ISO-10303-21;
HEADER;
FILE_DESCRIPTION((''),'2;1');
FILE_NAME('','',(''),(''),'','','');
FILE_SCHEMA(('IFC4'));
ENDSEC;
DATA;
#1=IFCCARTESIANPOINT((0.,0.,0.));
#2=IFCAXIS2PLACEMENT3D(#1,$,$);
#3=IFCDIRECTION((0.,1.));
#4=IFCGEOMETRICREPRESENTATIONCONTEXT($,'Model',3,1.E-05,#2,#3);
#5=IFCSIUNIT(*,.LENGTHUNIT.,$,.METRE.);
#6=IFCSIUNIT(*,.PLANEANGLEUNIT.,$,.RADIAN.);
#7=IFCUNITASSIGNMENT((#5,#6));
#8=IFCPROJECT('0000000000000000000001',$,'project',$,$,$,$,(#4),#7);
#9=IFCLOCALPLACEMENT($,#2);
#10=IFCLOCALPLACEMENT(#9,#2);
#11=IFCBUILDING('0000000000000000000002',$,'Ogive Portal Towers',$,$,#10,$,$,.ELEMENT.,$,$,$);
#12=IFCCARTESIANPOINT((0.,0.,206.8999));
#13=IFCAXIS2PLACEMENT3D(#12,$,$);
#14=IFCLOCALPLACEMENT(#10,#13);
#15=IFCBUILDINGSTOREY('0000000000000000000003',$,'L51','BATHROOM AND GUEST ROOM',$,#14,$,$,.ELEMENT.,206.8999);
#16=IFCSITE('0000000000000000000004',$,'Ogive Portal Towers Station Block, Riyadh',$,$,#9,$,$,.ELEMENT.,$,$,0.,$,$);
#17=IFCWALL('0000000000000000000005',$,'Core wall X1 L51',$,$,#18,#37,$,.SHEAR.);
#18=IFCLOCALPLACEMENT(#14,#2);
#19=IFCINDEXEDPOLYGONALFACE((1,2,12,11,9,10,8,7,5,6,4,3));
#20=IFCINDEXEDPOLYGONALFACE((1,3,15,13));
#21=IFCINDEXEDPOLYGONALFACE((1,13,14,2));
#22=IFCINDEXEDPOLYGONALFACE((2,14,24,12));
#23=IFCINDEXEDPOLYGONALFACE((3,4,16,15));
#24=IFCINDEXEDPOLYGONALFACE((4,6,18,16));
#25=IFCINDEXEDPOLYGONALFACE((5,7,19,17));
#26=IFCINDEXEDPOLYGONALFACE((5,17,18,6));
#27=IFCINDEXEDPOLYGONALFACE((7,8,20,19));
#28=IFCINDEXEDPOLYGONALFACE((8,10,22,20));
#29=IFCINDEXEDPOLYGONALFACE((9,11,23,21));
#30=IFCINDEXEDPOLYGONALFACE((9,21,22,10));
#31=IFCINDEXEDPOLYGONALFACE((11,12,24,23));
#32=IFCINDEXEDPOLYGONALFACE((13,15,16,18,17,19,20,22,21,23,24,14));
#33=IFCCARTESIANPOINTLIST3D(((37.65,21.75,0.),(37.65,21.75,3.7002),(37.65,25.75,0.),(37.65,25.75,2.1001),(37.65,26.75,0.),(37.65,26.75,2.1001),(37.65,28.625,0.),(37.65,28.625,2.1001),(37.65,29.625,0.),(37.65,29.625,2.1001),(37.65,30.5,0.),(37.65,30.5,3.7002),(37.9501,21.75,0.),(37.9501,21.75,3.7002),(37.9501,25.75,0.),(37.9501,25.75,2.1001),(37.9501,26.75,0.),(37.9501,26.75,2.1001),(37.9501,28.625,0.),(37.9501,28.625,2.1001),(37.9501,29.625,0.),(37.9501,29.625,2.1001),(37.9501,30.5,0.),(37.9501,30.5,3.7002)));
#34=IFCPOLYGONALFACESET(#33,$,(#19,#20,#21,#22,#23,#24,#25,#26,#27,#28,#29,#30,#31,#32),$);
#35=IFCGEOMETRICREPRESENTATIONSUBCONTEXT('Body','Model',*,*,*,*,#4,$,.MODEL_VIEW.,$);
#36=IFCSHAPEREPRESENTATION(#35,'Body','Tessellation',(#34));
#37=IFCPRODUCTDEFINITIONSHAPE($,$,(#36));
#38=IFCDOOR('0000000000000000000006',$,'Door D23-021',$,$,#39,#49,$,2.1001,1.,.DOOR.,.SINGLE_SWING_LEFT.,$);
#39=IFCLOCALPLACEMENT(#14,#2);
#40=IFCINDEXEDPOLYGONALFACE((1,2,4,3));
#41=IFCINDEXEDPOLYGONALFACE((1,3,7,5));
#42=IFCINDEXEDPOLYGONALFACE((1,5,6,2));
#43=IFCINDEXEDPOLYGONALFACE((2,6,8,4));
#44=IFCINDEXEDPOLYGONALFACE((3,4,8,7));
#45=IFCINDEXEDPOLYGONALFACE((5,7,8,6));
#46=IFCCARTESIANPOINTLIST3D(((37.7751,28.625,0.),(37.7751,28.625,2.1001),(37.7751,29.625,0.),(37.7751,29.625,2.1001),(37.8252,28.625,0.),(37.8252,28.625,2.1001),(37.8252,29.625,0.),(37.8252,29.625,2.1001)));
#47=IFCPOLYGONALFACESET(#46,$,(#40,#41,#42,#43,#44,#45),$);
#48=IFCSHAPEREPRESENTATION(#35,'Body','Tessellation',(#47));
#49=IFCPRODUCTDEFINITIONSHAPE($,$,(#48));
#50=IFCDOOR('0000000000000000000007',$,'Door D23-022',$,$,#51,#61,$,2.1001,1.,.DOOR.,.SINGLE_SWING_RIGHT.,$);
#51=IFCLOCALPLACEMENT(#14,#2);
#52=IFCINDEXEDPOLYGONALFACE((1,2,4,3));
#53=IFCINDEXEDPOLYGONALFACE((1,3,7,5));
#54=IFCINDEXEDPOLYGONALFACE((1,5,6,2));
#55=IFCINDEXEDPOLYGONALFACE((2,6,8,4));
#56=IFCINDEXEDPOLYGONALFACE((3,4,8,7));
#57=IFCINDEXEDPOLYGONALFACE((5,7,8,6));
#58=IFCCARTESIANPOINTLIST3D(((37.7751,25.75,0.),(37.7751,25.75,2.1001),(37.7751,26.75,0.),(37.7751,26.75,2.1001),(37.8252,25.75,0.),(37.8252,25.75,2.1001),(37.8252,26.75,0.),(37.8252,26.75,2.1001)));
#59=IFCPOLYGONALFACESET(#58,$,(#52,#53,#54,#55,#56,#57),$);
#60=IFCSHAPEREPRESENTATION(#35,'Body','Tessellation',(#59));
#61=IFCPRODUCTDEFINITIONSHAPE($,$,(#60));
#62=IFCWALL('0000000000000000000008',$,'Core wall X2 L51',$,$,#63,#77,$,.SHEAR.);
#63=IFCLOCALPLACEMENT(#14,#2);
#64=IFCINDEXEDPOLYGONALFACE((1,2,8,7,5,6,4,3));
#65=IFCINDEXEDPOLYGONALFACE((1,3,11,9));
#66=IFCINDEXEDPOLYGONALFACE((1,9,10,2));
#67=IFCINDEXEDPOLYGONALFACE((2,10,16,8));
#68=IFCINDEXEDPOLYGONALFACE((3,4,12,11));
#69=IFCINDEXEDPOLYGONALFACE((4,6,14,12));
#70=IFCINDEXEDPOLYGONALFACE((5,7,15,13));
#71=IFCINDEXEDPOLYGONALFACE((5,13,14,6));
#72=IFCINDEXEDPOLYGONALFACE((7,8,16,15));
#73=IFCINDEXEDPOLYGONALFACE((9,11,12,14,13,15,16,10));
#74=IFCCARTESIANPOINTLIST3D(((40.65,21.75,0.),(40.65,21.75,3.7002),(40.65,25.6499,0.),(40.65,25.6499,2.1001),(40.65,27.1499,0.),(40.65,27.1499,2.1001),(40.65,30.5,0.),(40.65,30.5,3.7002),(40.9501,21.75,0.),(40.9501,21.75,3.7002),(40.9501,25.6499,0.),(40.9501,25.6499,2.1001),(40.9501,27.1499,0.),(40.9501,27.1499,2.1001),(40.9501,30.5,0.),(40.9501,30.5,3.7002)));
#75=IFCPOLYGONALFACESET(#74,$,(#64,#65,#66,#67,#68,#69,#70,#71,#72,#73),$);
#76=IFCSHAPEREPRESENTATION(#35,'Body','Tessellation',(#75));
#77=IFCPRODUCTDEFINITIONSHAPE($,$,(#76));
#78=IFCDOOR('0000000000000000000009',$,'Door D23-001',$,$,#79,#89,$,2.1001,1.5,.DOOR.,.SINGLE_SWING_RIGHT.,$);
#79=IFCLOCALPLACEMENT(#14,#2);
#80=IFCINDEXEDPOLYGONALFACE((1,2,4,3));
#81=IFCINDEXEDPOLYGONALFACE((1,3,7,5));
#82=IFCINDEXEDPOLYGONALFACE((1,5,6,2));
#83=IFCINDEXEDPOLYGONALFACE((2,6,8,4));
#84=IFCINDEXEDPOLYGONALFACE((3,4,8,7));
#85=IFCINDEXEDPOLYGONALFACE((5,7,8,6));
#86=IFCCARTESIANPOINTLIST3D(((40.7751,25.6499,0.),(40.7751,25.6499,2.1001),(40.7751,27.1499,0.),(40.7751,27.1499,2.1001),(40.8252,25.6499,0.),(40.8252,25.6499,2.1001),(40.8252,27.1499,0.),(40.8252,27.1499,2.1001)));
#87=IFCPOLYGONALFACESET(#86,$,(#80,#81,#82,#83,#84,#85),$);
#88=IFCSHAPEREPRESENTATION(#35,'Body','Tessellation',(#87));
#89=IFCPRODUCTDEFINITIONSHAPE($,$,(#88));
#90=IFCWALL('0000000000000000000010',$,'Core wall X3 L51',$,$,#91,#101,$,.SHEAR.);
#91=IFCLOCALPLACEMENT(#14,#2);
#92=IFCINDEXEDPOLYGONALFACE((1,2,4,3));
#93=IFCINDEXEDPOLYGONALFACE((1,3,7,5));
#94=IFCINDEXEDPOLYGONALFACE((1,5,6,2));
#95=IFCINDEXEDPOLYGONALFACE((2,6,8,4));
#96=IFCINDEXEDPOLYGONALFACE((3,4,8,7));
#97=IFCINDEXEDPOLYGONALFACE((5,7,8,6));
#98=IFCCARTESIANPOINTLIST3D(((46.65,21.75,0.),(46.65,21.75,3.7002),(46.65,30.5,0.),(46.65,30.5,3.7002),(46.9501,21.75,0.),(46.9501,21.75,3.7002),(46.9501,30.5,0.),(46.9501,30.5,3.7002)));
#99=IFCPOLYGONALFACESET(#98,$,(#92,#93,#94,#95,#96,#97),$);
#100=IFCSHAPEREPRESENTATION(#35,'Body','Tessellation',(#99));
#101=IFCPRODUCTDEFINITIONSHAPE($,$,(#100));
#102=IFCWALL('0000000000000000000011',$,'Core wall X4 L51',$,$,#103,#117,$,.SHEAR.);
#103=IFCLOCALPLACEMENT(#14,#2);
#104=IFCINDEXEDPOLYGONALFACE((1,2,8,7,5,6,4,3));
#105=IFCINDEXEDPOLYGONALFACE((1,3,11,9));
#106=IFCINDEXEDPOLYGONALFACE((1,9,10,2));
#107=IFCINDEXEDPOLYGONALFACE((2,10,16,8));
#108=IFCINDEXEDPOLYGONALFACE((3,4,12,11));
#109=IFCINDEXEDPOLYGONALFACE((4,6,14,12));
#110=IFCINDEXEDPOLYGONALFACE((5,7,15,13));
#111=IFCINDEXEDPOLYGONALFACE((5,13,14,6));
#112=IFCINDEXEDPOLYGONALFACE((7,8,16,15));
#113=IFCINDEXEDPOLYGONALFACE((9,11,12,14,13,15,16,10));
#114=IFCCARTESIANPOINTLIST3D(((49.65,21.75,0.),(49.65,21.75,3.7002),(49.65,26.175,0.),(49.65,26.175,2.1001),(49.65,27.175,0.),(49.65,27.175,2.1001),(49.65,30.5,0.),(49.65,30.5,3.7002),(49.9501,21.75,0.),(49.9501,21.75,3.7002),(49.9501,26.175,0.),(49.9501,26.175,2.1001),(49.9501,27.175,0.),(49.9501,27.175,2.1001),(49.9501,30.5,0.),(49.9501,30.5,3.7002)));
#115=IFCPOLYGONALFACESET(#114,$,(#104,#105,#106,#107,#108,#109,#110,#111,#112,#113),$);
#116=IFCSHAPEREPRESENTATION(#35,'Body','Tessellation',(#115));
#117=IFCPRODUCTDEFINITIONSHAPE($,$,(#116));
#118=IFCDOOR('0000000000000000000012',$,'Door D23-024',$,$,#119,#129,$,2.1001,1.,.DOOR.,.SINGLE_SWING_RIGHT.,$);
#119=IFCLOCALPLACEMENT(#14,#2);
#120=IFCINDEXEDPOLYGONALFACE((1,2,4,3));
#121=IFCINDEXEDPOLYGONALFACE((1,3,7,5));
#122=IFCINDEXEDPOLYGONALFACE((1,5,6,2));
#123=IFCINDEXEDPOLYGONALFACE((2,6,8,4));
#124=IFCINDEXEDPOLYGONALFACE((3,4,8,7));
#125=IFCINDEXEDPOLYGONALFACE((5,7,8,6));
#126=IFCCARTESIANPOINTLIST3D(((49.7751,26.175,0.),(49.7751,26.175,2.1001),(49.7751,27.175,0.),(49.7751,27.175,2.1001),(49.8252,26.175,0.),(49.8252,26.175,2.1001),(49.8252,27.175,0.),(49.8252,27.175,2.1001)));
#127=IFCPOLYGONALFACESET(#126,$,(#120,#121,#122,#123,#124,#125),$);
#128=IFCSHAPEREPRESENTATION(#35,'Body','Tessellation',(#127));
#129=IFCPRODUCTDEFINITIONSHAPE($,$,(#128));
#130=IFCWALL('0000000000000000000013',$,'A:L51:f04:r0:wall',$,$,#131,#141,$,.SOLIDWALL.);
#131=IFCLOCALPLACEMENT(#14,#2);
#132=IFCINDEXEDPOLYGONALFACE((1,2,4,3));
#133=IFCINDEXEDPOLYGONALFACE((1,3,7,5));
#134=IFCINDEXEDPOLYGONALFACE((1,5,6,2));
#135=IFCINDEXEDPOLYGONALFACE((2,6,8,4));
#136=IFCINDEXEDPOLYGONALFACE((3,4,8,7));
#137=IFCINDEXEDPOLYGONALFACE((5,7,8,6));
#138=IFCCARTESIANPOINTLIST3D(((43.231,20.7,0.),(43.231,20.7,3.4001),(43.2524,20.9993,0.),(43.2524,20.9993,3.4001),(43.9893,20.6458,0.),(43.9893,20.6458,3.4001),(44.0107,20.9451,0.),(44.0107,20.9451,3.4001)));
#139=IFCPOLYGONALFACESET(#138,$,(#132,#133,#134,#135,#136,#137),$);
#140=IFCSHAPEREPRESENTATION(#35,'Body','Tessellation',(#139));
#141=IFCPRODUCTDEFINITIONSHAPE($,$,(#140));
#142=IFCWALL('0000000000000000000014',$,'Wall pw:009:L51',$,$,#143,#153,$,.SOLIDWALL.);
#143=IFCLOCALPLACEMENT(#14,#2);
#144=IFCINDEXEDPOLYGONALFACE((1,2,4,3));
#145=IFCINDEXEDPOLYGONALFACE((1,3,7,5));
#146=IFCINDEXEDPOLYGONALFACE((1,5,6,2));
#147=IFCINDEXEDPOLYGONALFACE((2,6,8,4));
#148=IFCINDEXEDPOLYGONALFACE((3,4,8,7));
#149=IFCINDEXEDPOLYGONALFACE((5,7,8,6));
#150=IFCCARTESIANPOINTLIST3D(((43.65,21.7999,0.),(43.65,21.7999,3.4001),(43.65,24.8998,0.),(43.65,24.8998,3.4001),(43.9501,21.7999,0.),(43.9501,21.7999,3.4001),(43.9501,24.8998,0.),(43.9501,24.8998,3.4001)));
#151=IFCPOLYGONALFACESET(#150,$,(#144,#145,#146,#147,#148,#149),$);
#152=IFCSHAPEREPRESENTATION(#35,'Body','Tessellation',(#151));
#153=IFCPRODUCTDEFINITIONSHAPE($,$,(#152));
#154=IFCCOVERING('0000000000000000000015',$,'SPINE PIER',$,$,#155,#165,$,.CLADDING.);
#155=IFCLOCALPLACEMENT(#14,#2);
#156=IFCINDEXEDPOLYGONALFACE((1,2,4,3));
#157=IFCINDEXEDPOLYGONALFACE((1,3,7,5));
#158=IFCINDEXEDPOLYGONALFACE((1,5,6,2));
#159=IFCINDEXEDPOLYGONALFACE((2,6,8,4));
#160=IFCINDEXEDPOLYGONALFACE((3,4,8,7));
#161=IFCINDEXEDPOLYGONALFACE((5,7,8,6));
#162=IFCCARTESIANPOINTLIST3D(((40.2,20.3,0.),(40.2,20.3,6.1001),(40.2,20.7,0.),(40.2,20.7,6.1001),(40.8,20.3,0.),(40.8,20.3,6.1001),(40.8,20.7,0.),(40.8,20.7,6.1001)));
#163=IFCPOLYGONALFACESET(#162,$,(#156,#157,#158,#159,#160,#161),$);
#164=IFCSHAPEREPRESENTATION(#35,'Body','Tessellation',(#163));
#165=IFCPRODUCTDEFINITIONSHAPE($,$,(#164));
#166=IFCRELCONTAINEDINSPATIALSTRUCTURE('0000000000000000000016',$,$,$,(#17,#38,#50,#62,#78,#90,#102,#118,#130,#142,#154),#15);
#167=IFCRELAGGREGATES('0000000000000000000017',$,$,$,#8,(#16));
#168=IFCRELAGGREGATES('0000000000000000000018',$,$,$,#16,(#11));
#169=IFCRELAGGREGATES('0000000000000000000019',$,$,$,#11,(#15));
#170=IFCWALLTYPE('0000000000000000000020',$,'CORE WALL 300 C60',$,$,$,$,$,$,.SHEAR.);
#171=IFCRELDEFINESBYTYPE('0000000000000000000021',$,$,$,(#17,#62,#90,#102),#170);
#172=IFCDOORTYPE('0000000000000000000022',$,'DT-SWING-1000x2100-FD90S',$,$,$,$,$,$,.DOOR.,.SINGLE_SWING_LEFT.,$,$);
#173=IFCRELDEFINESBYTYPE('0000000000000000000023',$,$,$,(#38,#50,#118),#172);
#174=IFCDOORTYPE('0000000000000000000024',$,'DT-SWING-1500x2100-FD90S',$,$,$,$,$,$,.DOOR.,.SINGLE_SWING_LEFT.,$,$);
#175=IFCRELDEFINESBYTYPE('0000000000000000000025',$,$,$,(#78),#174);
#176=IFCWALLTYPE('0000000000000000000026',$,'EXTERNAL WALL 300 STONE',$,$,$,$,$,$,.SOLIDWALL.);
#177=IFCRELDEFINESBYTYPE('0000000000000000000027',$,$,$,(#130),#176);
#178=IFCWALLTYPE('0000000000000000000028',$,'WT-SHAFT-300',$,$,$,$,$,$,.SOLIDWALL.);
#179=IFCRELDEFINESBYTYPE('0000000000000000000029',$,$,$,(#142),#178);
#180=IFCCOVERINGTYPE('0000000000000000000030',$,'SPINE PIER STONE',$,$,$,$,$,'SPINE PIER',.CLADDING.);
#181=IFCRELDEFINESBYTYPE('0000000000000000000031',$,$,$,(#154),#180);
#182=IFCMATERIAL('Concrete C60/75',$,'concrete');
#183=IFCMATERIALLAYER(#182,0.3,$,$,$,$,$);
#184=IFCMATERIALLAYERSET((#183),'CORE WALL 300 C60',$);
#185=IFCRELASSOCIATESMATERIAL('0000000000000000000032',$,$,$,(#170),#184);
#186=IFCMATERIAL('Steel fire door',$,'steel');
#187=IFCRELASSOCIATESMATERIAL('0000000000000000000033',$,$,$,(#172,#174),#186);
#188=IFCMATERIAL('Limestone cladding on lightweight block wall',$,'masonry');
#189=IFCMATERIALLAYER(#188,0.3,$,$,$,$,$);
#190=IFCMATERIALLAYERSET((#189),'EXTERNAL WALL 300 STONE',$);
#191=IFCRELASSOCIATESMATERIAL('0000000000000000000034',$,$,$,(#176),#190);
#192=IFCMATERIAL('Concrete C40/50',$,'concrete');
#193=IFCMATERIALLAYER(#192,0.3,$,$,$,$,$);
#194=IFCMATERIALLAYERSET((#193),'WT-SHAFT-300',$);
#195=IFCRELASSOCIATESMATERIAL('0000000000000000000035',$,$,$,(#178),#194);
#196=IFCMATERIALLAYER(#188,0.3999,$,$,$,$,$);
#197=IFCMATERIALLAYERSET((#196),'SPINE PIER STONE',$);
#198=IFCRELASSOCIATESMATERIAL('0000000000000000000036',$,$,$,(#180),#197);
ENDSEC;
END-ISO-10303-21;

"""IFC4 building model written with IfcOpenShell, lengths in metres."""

from ifc_helpers import new_model, si_unit, direction, frame, frame_2d, origin, origin_2d, place, context, subcontext, project, spatial, rectangle, extrude, material, layer, layer_set, type_object, element, fill, save


model = new_model("IFC4")

# Units and contexts
model_context = context("Model", 3, precision=1e-05, world=origin(), true_north=direction((0.0, 1.0)))
body_context = subcontext(model_context, "Body", "Model", "MODEL_VIEW")
ifc_project = project(units=[si_unit("LENGTHUNIT", "METRE"), si_unit("PLANEANGLEUNIT", "RADIAN")], contexts=[model_context])

# Site, building, storey
site_placement = place(None, origin())
site = spatial("IfcSite", under=ifc_project, at=site_placement, Name="Ogive Portal Towers Station Block, Riyadh", CompositionType="ELEMENT", RefElevation=0.0)
building_placement = place(site_placement, origin())
building = spatial("IfcBuilding", under=site, at=building_placement, Name="Ogive Portal Towers", CompositionType="ELEMENT")
storey_placement = place(building_placement, frame((0.0, 0.0, 206.8999)))
storey = spatial("IfcBuildingStorey", under=building, at=storey_placement, Name="L51", Description="BATHROOM AND GUEST ROOM", CompositionType="ELEMENT", Elevation=206.8999)

# Wall, openings, doors
ifc_material_1 = material(Name="Concrete C60/75", Category="concrete")
ifc_layer_1 = layer(ifc_material_1, 0.3)
ifc_layer_set_1 = layer_set([ifc_layer_1], Name="CORE WALL 300 C60")
wall_type_1 = type_object("IfcWallType", Name="CORE WALL 300 C60", PredefinedType="SHEAR", material=ifc_layer_set_1)
wall_1_placement = place(storey_placement, frame((37.8, 21.75, 0.0), z_axis=(0.0, 0.0, 1.0), x_axis=(0.0, 1.0, 0.0)))
wall_1 = element("IfcWall", 1, at=wall_1_placement, inside=storey, type_object=wall_type_1, Name="Core wall X1 L51", PredefinedType="SHEAR", context=body_context, shape_type="SweptSolid", body=[
    extrude(rectangle(XDim=8.75, YDim=0.3, at=frame_2d((4.375, 0.0))), origin(), (0.0, 0.0, 1.0), 3.7002),
])
opening_1_placement = place(wall_1_placement, frame((6.875, 0.0, 0.0)))
opening_1 = element("IfcOpeningElement", 2, at=opening_1_placement, cuts=wall_1, PredefinedType="OPENING", context=body_context, shape_type="SweptSolid", body=[
    extrude(rectangle(XDim=1.0, YDim=2.1001, at=frame_2d((0.5, 1.05))), frame((0.0, 0.1602, 0.0), z_axis=(0.0, -1.0, 0.0), x_axis=(1.0, 0.0, 0.0)), (0.0, 0.0, 1.0), 0.3201),
])
opening_2_placement = place(wall_1_placement, frame((4.0, 0.0, 0.0)))
opening_2 = element("IfcOpeningElement", 3, at=opening_2_placement, cuts=wall_1, PredefinedType="OPENING", context=body_context, shape_type="SweptSolid", body=[
    extrude(rectangle(XDim=1.0, YDim=2.1001, at=frame_2d((0.5, 1.05))), frame((0.0, 0.1602, 0.0), z_axis=(0.0, -1.0, 0.0), x_axis=(1.0, 0.0, 0.0)), (0.0, 0.0, 1.0), 0.3201),
])
ifc_material_2 = material(Name="Steel fire door", Category="steel")
door_type_1 = type_object("IfcDoorType", Name="DT-SWING-1000x2100-FD90S", OperationType="SINGLE_SWING_LEFT", PredefinedType="DOOR", material=ifc_material_2)
door_1_placement = place(opening_1_placement, origin())
door_1 = element("IfcDoor", 4, at=door_1_placement, inside=storey, type_object=door_type_1, Name="Door D23-021", OperationType="SINGLE_SWING_LEFT", OverallHeight=2.1001, OverallWidth=1.0, PredefinedType="DOOR", context=body_context, shape_type="SweptSolid", body=[
    extrude(rectangle(XDim=1.0, YDim=2.1001, at=frame_2d((0.5, 1.05))), frame((0.0, 0.0249, 0.0), z_axis=(0.0, -1.0, 0.0), x_axis=(1.0, 0.0, 0.0)), (0.0, 0.0, 1.0), 0.05),
])
fill(opening_1, door_1)
door_2_placement = place(opening_2_placement, origin())
door_2 = element("IfcDoor", 5, at=door_2_placement, inside=storey, type_object=door_type_1, Name="Door D23-022", OperationType="SINGLE_SWING_RIGHT", OverallHeight=2.1001, OverallWidth=1.0, PredefinedType="DOOR", context=body_context, shape_type="SweptSolid", body=[
    extrude(rectangle(XDim=1.0, YDim=2.1001, at=frame_2d((0.5, 1.05))), frame((0.0, 0.0249, 0.0), z_axis=(0.0, -1.0, 0.0), x_axis=(1.0, 0.0, 0.0)), (0.0, 0.0, 1.0), 0.05),
])
fill(opening_2, door_2)

# Wall, opening, door
wall_2_placement = place(storey_placement, frame((40.8, 21.75, 0.0), z_axis=(0.0, 0.0, 1.0), x_axis=(0.0, 1.0, 0.0)))
wall_2 = element("IfcWall", 6, at=wall_2_placement, inside=storey, type_object=wall_type_1, Name="Core wall X2 L51", PredefinedType="SHEAR", context=body_context, shape_type="SweptSolid", body=[
    extrude(rectangle(XDim=8.75, YDim=0.3, at=frame_2d((4.375, 0.0))), origin(), (0.0, 0.0, 1.0), 3.7002),
])
opening_3_placement = place(wall_2_placement, frame((3.8999, 0.0, 0.0)))
opening_3 = element("IfcOpeningElement", 7, at=opening_3_placement, cuts=wall_2, PredefinedType="OPENING", context=body_context, shape_type="SweptSolid", body=[
    extrude(rectangle(XDim=1.5, YDim=2.1001, at=frame_2d((0.75, 1.05))), frame((0.0, 0.1602, 0.0), z_axis=(0.0, -1.0, 0.0), x_axis=(1.0, 0.0, 0.0)), (0.0, 0.0, 1.0), 0.3201),
])
door_type_2 = type_object("IfcDoorType", Name="DT-SWING-1500x2100-FD90S", OperationType="SINGLE_SWING_LEFT", PredefinedType="DOOR", material=ifc_material_2)
door_3_placement = place(opening_3_placement, origin())
door_3 = element("IfcDoor", 8, at=door_3_placement, inside=storey, type_object=door_type_2, Name="Door D23-001", OperationType="SINGLE_SWING_RIGHT", OverallHeight=2.1001, OverallWidth=1.5, PredefinedType="DOOR", context=body_context, shape_type="SweptSolid", body=[
    extrude(rectangle(XDim=1.5, YDim=2.1001, at=frame_2d((0.75, 1.05))), frame((0.0, 0.0249, 0.0), z_axis=(0.0, -1.0, 0.0), x_axis=(1.0, 0.0, 0.0)), (0.0, 0.0, 1.0), 0.05),
])
fill(opening_3, door_3)

# Wall
wall_3_placement = place(storey_placement, frame((46.8, 21.75, 0.0), z_axis=(0.0, 0.0, 1.0), x_axis=(0.0, 1.0, 0.0)))
element("IfcWall", 9, at=wall_3_placement, inside=storey, type_object=wall_type_1, Name="Core wall X3 L51", PredefinedType="SHEAR", context=body_context, shape_type="SweptSolid", body=[
    extrude(rectangle(XDim=8.75, YDim=0.3, at=frame_2d((4.375, 0.0))), origin(), (0.0, 0.0, 1.0), 3.7002),
])

# Wall, opening, door
wall_4_placement = place(storey_placement, frame((49.8, 21.75, 0.0), z_axis=(0.0, 0.0, 1.0), x_axis=(0.0, 1.0, 0.0)))
wall_4 = element("IfcWall", 10, at=wall_4_placement, inside=storey, type_object=wall_type_1, Name="Core wall X4 L51", PredefinedType="SHEAR", context=body_context, shape_type="SweptSolid", body=[
    extrude(rectangle(XDim=8.75, YDim=0.3, at=frame_2d((4.375, 0.0))), origin(), (0.0, 0.0, 1.0), 3.7002),
])
opening_4_placement = place(wall_4_placement, frame((4.425, 0.0, 0.0)))
opening_4 = element("IfcOpeningElement", 11, at=opening_4_placement, cuts=wall_4, PredefinedType="OPENING", context=body_context, shape_type="SweptSolid", body=[
    extrude(rectangle(XDim=1.0, YDim=2.1001, at=frame_2d((0.5, 1.05))), frame((0.0, 0.1602, 0.0), z_axis=(0.0, -1.0, 0.0), x_axis=(1.0, 0.0, 0.0)), (0.0, 0.0, 1.0), 0.3201),
])
door_4_placement = place(opening_4_placement, origin())
door_4 = element("IfcDoor", 12, at=door_4_placement, inside=storey, type_object=door_type_1, Name="Door D23-024", OperationType="SINGLE_SWING_RIGHT", OverallHeight=2.1001, OverallWidth=1.0, PredefinedType="DOOR", context=body_context, shape_type="SweptSolid", body=[
    extrude(rectangle(XDim=1.0, YDim=2.1001, at=frame_2d((0.5, 1.05))), frame((0.0, 0.0249, 0.0), z_axis=(0.0, -1.0, 0.0), x_axis=(1.0, 0.0, 0.0)), (0.0, 0.0, 1.0), 0.05),
])
fill(opening_4, door_4)

# Wall
ifc_material_3 = material(Name="Limestone cladding on lightweight block wall", Category="masonry")
ifc_layer_2 = layer(ifc_material_3, 0.3)
ifc_layer_set_2 = layer_set([ifc_layer_2], Name="EXTERNAL WALL 300 STONE")
wall_type_2 = type_object("IfcWallType", Name="EXTERNAL WALL 300 STONE", PredefinedType="SOLIDWALL", material=ifc_layer_set_2)
wall_5_placement = place(storey_placement, frame((43.2417, 20.8496, 0.0), z_axis=(0.0, 0.0, 1.0), x_axis=(0.997455, -0.071293, 0.0)))
element("IfcWall", 13, at=wall_5_placement, inside=storey, type_object=wall_type_2, Name="A:L51:f04:r0:wall", PredefinedType="SOLIDWALL", context=body_context, shape_type="SweptSolid", body=[
    extrude(rectangle(XDim=0.7603, YDim=0.3, at=frame_2d((0.3801, 0.0))), origin(), (0.0, 0.0, 1.0), 3.4001),
])

# Wall
ifc_material_4 = material(Name="Concrete C40/50", Category="concrete")
ifc_layer_3 = layer(ifc_material_4, 0.3)
ifc_layer_set_3 = layer_set([ifc_layer_3], Name="WT-SHAFT-300")
wall_type_3 = type_object("IfcWallType", Name="WT-SHAFT-300", PredefinedType="SOLIDWALL", material=ifc_layer_set_3)
wall_6_placement = place(storey_placement, frame((43.8, 21.8, 0.0), z_axis=(0.0, 0.0, 1.0), x_axis=(0.0, 1.0, 0.0)))
element("IfcWall", 14, at=wall_6_placement, inside=storey, type_object=wall_type_3, Name="Wall pw:009:L51", PredefinedType="SOLIDWALL", context=body_context, shape_type="SweptSolid", body=[
    extrude(rectangle(XDim=3.0999, YDim=0.3, at=frame_2d((1.5498, 0.0))), origin(), (0.0, 0.0, 1.0), 3.4001),
])

# Covering
ifc_layer_4 = layer(ifc_material_3, 0.3999)
ifc_layer_set_4 = layer_set([ifc_layer_4], Name="SPINE PIER STONE")
covering_type = type_object("IfcCoveringType", Name="SPINE PIER STONE", ElementType="SPINE PIER", PredefinedType="CLADDING", material=ifc_layer_set_4)
covering_placement = place(storey_placement, frame((40.5, 20.5, 0.0), z_axis=(0.0, 0.0, 1.0), x_axis=(1.0, 0.0, 0.0)))
element("IfcCovering", 15, at=covering_placement, inside=storey, type_object=covering_type, Name="SPINE PIER", PredefinedType="CLADDING", context=body_context, shape_type="SweptSolid", body=[
    extrude(rectangle(XDim=0.6001, YDim=0.3999, at=origin_2d()), origin(), (0.0, 0.0, 1.0), 6.1001),
])

save(model, "model.ifc")
